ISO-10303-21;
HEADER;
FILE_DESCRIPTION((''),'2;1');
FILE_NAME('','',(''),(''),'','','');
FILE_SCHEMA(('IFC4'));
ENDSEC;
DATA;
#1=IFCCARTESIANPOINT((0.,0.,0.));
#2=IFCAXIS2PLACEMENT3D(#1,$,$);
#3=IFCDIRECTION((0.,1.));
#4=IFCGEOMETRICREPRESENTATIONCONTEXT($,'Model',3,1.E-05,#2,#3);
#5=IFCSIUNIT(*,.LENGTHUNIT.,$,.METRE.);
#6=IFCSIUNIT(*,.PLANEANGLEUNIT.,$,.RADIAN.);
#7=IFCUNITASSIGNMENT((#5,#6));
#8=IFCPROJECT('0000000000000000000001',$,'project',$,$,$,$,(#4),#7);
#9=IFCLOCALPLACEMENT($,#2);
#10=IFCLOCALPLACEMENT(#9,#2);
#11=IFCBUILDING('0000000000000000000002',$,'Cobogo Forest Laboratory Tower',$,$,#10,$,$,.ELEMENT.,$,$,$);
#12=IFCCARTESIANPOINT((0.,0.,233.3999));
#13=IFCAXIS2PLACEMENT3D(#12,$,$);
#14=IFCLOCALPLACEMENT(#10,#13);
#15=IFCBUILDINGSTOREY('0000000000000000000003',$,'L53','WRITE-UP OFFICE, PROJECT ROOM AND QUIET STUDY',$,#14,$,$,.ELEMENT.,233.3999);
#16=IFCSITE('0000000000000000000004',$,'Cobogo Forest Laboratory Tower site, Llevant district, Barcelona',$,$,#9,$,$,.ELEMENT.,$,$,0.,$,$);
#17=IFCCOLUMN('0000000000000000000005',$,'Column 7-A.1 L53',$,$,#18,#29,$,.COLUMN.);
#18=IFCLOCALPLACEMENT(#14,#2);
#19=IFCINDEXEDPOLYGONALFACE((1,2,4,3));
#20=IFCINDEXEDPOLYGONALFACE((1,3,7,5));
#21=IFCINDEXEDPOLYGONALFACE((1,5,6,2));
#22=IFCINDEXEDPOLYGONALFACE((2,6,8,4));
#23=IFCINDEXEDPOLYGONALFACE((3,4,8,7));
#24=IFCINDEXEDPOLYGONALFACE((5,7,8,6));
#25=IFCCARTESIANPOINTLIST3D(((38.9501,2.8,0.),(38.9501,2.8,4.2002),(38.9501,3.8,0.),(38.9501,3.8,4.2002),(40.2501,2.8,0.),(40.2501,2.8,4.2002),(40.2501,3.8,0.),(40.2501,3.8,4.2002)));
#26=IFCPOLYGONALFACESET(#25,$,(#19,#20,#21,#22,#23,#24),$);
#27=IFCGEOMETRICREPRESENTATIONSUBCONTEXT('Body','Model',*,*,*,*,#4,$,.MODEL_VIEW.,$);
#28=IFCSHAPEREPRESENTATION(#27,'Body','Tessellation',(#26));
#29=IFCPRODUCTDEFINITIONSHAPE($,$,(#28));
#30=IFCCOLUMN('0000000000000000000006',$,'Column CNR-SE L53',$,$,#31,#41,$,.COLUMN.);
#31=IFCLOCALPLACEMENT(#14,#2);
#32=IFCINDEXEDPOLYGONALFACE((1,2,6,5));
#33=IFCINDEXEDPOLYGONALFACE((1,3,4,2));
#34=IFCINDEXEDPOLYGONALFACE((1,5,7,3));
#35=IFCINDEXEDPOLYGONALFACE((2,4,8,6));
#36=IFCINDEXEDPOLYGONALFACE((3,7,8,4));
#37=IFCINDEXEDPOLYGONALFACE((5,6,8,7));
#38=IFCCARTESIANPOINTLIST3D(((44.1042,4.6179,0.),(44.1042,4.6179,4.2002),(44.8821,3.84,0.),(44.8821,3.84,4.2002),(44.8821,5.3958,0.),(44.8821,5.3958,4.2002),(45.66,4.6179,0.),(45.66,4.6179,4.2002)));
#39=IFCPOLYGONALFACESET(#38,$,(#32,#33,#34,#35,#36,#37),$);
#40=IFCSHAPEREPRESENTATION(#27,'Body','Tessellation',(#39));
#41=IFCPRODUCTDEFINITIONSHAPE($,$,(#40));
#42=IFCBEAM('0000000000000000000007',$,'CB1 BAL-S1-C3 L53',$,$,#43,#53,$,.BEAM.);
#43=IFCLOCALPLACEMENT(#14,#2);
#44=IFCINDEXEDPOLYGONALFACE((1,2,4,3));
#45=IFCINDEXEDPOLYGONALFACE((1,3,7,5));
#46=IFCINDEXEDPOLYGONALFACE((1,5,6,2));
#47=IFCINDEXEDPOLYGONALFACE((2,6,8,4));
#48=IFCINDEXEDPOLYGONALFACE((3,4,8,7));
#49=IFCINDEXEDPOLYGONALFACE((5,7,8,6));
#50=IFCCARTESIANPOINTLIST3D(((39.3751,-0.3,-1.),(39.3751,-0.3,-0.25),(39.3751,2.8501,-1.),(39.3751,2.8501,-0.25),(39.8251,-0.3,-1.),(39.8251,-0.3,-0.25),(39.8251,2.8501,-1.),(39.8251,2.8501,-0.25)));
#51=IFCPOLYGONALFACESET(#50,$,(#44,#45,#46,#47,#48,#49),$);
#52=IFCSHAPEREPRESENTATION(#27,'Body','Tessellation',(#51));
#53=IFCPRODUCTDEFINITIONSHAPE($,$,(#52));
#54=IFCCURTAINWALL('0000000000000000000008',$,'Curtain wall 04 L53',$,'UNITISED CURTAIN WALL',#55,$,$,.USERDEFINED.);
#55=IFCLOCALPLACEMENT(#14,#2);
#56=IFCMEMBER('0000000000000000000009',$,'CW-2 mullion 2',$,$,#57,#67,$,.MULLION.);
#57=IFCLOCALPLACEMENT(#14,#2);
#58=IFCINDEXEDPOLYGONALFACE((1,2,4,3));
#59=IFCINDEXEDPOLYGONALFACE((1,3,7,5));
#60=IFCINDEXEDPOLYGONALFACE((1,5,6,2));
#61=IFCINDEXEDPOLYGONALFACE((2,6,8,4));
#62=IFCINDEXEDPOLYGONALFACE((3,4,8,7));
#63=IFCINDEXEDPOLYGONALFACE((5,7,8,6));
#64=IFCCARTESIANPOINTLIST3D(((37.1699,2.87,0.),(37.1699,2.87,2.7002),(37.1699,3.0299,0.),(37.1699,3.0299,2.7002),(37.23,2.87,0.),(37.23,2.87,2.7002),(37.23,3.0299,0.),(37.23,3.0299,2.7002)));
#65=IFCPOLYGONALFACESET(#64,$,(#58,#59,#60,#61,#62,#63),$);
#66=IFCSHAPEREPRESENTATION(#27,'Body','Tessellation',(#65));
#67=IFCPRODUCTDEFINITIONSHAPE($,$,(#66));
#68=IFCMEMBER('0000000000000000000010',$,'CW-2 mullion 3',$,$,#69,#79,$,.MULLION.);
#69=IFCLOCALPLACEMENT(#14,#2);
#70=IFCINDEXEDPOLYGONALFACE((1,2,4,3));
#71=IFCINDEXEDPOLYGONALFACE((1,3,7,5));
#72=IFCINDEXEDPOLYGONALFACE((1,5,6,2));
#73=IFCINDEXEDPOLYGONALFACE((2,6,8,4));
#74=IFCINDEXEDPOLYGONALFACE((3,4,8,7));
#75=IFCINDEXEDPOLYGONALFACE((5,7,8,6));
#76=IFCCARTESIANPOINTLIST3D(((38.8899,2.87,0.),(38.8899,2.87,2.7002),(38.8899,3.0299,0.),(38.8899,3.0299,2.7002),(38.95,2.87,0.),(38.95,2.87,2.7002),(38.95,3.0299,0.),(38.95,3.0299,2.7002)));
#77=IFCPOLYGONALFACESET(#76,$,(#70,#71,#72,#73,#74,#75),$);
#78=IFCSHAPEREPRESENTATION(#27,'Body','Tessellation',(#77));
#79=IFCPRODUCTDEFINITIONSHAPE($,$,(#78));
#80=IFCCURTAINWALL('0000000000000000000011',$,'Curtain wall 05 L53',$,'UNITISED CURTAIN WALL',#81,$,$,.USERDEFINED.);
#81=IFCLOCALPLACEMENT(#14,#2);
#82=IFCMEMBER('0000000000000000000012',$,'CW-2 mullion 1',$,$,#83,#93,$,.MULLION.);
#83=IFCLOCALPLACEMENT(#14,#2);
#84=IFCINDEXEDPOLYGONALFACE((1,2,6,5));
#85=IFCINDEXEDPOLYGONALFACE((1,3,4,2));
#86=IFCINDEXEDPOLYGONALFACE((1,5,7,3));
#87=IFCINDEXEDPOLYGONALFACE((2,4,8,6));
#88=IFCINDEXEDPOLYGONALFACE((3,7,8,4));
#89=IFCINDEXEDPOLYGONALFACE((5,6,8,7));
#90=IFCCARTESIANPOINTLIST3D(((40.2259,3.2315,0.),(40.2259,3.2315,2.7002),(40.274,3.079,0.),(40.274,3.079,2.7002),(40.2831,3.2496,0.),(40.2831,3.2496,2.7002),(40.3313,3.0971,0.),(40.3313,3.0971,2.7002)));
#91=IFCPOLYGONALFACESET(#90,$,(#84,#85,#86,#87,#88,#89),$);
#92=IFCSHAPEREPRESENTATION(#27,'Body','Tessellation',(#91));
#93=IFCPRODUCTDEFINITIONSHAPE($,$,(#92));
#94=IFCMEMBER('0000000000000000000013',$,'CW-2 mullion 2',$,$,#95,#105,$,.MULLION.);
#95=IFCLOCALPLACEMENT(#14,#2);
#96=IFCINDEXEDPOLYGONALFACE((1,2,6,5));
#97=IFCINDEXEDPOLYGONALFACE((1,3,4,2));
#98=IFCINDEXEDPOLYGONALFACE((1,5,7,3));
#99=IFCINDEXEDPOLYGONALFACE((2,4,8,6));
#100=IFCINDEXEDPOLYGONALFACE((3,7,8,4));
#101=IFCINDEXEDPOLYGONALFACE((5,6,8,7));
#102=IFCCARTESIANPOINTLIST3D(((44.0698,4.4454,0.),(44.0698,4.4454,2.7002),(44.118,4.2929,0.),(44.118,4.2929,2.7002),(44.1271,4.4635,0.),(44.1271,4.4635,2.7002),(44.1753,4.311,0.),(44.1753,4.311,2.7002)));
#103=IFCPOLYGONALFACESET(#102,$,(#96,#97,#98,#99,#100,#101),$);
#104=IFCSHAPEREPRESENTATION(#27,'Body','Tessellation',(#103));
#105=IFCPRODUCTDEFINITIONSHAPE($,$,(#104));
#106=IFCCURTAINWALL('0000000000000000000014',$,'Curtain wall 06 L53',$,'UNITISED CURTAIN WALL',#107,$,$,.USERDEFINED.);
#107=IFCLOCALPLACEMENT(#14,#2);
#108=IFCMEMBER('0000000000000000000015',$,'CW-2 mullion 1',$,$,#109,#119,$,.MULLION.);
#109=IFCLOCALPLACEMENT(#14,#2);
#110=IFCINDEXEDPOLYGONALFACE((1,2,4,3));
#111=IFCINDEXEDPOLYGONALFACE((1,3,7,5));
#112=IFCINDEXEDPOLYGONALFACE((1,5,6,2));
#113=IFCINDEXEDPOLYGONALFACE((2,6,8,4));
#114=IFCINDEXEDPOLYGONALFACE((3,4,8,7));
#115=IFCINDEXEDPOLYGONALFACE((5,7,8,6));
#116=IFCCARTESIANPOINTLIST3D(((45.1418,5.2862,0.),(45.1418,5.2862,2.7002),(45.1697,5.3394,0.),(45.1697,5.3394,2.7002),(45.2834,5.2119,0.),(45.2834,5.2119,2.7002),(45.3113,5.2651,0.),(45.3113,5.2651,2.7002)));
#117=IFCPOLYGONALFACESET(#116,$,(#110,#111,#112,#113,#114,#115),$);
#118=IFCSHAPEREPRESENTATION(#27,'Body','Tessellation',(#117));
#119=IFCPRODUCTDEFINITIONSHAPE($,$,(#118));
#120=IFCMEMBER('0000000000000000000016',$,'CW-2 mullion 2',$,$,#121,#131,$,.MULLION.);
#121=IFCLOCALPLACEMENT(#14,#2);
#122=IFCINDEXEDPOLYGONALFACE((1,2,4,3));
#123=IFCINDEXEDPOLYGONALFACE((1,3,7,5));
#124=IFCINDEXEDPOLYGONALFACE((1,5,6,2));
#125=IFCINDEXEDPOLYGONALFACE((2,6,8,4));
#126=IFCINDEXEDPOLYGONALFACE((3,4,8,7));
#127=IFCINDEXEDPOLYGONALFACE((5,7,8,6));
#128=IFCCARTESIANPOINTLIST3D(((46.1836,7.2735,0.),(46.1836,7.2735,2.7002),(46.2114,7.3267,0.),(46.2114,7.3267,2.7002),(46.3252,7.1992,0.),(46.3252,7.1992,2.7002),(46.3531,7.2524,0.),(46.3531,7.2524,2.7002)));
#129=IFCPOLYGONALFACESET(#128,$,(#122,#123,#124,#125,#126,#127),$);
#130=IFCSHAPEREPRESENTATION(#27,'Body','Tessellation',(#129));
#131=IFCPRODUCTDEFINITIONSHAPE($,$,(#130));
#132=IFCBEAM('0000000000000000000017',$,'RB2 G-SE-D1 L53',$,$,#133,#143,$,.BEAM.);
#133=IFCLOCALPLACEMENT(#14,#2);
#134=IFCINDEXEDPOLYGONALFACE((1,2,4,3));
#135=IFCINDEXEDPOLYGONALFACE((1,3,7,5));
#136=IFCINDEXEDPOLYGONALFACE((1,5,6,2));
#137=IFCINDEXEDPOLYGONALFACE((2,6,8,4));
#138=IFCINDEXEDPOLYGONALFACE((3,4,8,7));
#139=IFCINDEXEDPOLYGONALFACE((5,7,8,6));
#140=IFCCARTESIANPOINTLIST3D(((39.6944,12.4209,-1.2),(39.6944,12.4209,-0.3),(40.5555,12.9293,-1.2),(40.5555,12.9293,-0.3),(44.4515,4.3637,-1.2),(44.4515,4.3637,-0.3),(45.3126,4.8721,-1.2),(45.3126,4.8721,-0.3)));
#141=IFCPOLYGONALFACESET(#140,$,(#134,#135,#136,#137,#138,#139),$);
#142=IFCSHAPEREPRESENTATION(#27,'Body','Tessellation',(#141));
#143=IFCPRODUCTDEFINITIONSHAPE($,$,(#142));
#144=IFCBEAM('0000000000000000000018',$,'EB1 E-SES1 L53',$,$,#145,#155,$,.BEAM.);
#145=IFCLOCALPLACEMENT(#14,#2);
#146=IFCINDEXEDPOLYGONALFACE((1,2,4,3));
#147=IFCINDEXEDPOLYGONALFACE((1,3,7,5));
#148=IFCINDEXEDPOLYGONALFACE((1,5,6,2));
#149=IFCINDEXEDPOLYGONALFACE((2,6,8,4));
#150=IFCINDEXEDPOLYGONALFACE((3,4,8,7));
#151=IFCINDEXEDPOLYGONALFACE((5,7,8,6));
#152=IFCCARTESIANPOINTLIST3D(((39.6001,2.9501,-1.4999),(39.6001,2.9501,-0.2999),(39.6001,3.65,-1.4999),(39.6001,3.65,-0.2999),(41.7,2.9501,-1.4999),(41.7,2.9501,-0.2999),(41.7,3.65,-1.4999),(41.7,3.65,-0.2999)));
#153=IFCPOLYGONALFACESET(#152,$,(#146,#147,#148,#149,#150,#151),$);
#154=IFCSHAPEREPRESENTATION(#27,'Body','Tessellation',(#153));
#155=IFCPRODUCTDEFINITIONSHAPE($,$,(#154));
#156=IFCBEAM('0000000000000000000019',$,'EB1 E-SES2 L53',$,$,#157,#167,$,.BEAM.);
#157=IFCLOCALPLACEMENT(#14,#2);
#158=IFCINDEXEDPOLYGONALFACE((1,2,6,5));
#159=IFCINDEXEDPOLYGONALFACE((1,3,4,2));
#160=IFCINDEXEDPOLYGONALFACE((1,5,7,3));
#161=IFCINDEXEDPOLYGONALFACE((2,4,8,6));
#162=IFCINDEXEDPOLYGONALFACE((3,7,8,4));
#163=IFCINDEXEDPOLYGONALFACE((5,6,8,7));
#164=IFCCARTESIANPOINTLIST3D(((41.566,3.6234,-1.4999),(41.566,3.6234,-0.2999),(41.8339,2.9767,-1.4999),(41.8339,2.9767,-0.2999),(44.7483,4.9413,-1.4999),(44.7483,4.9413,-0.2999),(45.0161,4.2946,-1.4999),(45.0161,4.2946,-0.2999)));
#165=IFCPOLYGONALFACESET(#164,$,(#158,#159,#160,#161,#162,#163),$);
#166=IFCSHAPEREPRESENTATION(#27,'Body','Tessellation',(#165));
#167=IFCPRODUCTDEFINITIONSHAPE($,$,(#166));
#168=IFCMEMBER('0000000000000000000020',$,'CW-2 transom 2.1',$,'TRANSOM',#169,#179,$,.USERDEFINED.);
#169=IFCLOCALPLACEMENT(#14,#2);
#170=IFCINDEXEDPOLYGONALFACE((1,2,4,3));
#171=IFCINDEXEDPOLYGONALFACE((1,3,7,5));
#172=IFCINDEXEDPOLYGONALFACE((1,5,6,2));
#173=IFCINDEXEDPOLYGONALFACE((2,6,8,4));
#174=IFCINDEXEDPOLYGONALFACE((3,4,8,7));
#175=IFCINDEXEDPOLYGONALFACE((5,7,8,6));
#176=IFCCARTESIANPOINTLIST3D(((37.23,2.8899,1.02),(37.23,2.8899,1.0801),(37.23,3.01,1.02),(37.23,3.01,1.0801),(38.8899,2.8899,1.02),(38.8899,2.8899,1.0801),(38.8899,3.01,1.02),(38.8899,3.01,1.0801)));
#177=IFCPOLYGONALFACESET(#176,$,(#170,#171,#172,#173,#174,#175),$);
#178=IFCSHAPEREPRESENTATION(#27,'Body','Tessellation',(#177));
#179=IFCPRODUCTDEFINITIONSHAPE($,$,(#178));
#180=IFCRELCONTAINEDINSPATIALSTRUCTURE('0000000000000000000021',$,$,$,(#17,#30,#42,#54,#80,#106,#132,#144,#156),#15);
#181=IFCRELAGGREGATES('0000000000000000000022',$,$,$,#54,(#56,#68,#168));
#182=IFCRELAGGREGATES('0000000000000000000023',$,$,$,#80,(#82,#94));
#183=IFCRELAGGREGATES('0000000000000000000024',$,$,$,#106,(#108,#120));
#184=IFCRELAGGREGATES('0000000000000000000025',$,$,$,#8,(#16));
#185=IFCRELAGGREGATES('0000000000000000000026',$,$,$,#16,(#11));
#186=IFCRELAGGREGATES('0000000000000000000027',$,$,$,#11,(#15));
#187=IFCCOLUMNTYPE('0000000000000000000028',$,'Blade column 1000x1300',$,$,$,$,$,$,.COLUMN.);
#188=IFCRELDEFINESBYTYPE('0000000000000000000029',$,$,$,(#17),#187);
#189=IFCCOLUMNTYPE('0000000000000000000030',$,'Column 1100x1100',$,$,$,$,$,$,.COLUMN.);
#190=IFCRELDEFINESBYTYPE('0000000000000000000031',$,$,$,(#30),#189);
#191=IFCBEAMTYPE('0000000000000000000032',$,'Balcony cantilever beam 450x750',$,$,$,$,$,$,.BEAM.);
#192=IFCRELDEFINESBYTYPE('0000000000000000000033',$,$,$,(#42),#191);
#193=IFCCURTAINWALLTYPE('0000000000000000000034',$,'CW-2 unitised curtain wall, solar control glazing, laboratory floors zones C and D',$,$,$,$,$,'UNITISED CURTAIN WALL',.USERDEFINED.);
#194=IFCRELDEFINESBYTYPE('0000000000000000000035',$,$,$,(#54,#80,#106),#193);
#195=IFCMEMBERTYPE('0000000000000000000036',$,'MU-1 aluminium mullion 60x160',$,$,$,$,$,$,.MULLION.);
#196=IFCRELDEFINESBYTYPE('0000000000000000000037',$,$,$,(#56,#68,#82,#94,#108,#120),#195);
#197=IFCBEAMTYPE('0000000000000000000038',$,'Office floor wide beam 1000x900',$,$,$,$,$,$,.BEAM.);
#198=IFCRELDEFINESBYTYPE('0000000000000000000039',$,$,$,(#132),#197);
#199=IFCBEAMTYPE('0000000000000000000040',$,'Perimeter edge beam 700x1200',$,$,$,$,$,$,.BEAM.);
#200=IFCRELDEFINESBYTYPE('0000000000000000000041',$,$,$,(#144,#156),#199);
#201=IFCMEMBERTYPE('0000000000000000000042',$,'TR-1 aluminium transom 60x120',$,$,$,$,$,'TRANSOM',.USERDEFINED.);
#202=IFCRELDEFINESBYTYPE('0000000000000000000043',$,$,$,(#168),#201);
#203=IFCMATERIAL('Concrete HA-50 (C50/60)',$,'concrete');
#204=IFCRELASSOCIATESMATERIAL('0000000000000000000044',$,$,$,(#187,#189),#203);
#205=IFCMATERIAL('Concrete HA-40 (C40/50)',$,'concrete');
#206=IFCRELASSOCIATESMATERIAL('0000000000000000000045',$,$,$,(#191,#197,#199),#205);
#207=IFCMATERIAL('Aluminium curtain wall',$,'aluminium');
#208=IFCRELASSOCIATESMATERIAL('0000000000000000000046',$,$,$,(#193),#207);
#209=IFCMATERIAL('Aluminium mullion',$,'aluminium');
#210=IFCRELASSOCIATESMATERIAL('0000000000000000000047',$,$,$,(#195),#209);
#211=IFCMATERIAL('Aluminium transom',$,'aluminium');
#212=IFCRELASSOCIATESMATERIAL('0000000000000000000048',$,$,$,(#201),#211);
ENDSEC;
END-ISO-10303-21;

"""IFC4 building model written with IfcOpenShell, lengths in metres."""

from ifc_helpers import new_model, si_unit, direction, frame, origin, origin_2d, place, context, subcontext, project, spatial, rectangle, extrude, material, material_profile, profile_set, type_object, element, aggregate, save


model = new_model("IFC4")

# Units and contexts
model_context = context("Model", 3, precision=1e-05, world=origin(), true_north=direction((0.0, 1.0)))
body_context = subcontext(model_context, "Body", "Model", "MODEL_VIEW")
ifc_project = project(units=[si_unit("LENGTHUNIT", "METRE"), si_unit("PLANEANGLEUNIT", "RADIAN")], contexts=[model_context])

# Site, building, storey
site_placement = place(None, origin())
site = spatial("IfcSite", under=ifc_project, at=site_placement, Name="Cobogo Forest Laboratory Tower site, Llevant district, Barcelona", CompositionType="ELEMENT", RefElevation=0.0)
building_placement = place(site_placement, origin())
building = spatial("IfcBuilding", under=site, at=building_placement, Name="Cobogo Forest Laboratory Tower", CompositionType="ELEMENT")
storey_placement = place(building_placement, frame((0.0, 0.0, 233.3999)))
storey = spatial("IfcBuildingStorey", under=building, at=storey_placement, Name="L53", Description="WRITE-UP OFFICE, PROJECT ROOM AND QUIET STUDY", CompositionType="ELEMENT", Elevation=233.3999)

# Columns
ifc_material_1 = material(Name="Concrete HA-50 (C50/60)", Category="concrete")
ifc_material_profile_1 = material_profile(ifc_material_1, rectangle(XDim=1.3, YDim=1.0, at=origin_2d()), Name="RC 1000x1300")
ifc_profile_set_1 = profile_set([ifc_material_profile_1], Name="Concrete HA-50 (C50/60)")
column_type_1 = type_object("IfcColumnType", Name="Blade column 1000x1300", PredefinedType="COLUMN", material=ifc_profile_set_1)
column_1_placement = place(storey_placement, frame((39.6001, 3.3, 0.0), z_axis=(0.0, 0.0, 1.0), x_axis=(1.0, 0.0, 0.0)))
element("IfcColumn", 1, at=column_1_placement, inside=storey, type_object=column_type_1, Name="Column 7-A.1 L53", PredefinedType="COLUMN", context=body_context, shape_type="SweptSolid", body=[
    extrude(rectangle(XDim=1.3, YDim=1.0, at=origin_2d()), origin(), (0.0, 0.0, 1.0), 4.2002),
])
ifc_material_profile_2 = material_profile(ifc_material_1, rectangle(XDim=1.1001, YDim=1.1001, at=origin_2d()), Name="RC 1100x1100")
ifc_profile_set_2 = profile_set([ifc_material_profile_2], Name="Concrete HA-50 (C50/60)")
column_type_2 = type_object("IfcColumnType", Name="Column 1100x1100", PredefinedType="COLUMN", material=ifc_profile_set_2)
column_2_placement = place(storey_placement, frame((44.8821, 4.6179, 0.0), z_axis=(0.0, 0.0, 1.0), x_axis=(0.707107, 0.707107, 0.0)))
element("IfcColumn", 2, at=column_2_placement, inside=storey, type_object=column_type_2, Name="Column CNR-SE L53", PredefinedType="COLUMN", context=body_context, shape_type="SweptSolid", body=[
    extrude(rectangle(XDim=1.1001, YDim=1.1001, at=origin_2d()), origin(), (0.0, 0.0, 1.0), 4.2002),
])

# Beam
ifc_material_2 = material(Name="Concrete HA-40 (C40/50)", Category="concrete")
ifc_material_profile_3 = material_profile(ifc_material_2, rectangle(XDim=0.45, YDim=0.75, at=origin_2d()), Name="RC 450x750")
ifc_profile_set_3 = profile_set([ifc_material_profile_3], Name="Concrete HA-40 (C40/50)")
beam_type_1 = type_object("IfcBeamType", Name="Balcony cantilever beam 450x750", PredefinedType="BEAM", material=ifc_profile_set_3)
beam_1_placement = place(storey_placement, frame((39.6001, 2.8501, -0.625), z_axis=(0.0, -1.0, 0.0), x_axis=(1.0, 0.0, 0.0)))
element("IfcBeam", 3, at=beam_1_placement, inside=storey, type_object=beam_type_1, Name="CB1 BAL-S1-C3 L53", PredefinedType="BEAM", context=body_context, shape_type="SweptSolid", body=[
    extrude(rectangle(XDim=0.45, YDim=0.75, at=origin_2d()), origin(), (0.0, 0.0, 1.0), 3.1501),
])

# Curtain walls, members
ifc_material_3 = material(Name="Aluminium curtain wall", Category="aluminium")
curtain_wall_type = type_object("IfcCurtainWallType", Name="CW-2 unitised curtain wall, solar control glazing, laboratory floors zones C and D", ElementType="UNITISED CURTAIN WALL", PredefinedType="USERDEFINED", material=ifc_material_3)
curtain_wall_1_placement = place(storey_placement, origin())
curtain_wall_1 = element("IfcCurtainWall", 4, at=curtain_wall_1_placement, inside=storey, type_object=curtain_wall_type, Name="Curtain wall 04 L53", ObjectType="UNITISED CURTAIN WALL", PredefinedType="USERDEFINED")
ifc_material_4 = material(Name="Aluminium mullion", Category="aluminium")
ifc_material_profile_4 = material_profile(ifc_material_4, rectangle(XDim=0.0601, YDim=0.1599, at=origin_2d()), Name="AL 60x160")
ifc_profile_set_4 = profile_set([ifc_material_profile_4], Name="Aluminium mullion")
member_type_1 = type_object("IfcMemberType", Name="MU-1 aluminium mullion 60x160", PredefinedType="MULLION", material=ifc_profile_set_4)
member_1_placement = place(storey_placement, frame((37.2, 2.95, 0.0), z_axis=(0.0, 0.0, 1.0), x_axis=(1.0, 0.0, 0.0)))
member_1 = element("IfcMember", 5, at=member_1_placement, type_object=member_type_1, Name="CW-2 mullion 2", PredefinedType="MULLION", context=body_context, shape_type="SweptSolid", body=[
    extrude(rectangle(XDim=0.0601, YDim=0.1599, at=origin_2d()), origin(), (0.0, 0.0, 1.0), 2.7002),
])
member_2_placement = place(storey_placement, frame((38.9199, 2.95, 0.0), z_axis=(0.0, 0.0, 1.0), x_axis=(1.0, 0.0, 0.0)))
member_2 = element("IfcMember", 6, at=member_2_placement, type_object=member_type_1, Name="CW-2 mullion 3", PredefinedType="MULLION", context=body_context, shape_type="SweptSolid", body=[
    extrude(rectangle(XDim=0.0601, YDim=0.1599, at=origin_2d()), origin(), (0.0, 0.0, 1.0), 2.7002),
])
curtain_wall_2_placement = place(storey_placement, origin())
curtain_wall_2 = element("IfcCurtainWall", 7, at=curtain_wall_2_placement, inside=storey, type_object=curtain_wall_type, Name="Curtain wall 05 L53", ObjectType="UNITISED CURTAIN WALL", PredefinedType="USERDEFINED")
member_3_placement = place(storey_placement, frame((40.2786, 3.1643, 0.0), z_axis=(0.0, 0.0, 1.0), x_axis=(0.953581, 0.301136, 0.0)))
member_3 = element("IfcMember", 8, at=member_3_placement, type_object=member_type_1, Name="CW-2 mullion 1", PredefinedType="MULLION", context=body_context, shape_type="SweptSolid", body=[
    extrude(rectangle(XDim=0.0601, YDim=0.1599, at=origin_2d()), origin(), (0.0, 0.0, 1.0), 2.7002),
])
member_4_placement = place(storey_placement, frame((44.1226, 4.3782, 0.0), z_axis=(0.0, 0.0, 1.0), x_axis=(0.953581, 0.301136, 0.0)))
member_4 = element("IfcMember", 9, at=member_4_placement, type_object=member_type_1, Name="CW-2 mullion 2", PredefinedType="MULLION", context=body_context, shape_type="SweptSolid", body=[
    extrude(rectangle(XDim=0.0601, YDim=0.1599, at=origin_2d()), origin(), (0.0, 0.0, 1.0), 2.7002),
])
curtain_wall_3_placement = place(storey_placement, origin())
curtain_wall_3 = element("IfcCurtainWall", 10, at=curtain_wall_3_placement, inside=storey, type_object=curtain_wall_type, Name="Curtain wall 06 L53", ObjectType="UNITISED CURTAIN WALL", PredefinedType="USERDEFINED")
member_5_placement = place(storey_placement, frame((45.2266, 5.2756, 0.0), z_axis=(0.0, 0.0, 1.0), x_axis=(0.464284, 0.885686, 0.0)))
member_5 = element("IfcMember", 11, at=member_5_placement, type_object=member_type_1, Name="CW-2 mullion 1", PredefinedType="MULLION", context=body_context, shape_type="SweptSolid", body=[
    extrude(rectangle(XDim=0.0601, YDim=0.1599, at=origin_2d()), origin(), (0.0, 0.0, 1.0), 2.7002),
])
member_6_placement = place(storey_placement, frame((46.2683, 7.2629, 0.0), z_axis=(0.0, 0.0, 1.0), x_axis=(0.464284, 0.885686, 0.0)))
member_6 = element("IfcMember", 12, at=member_6_placement, type_object=member_type_1, Name="CW-2 mullion 2", PredefinedType="MULLION", context=body_context, shape_type="SweptSolid", body=[
    extrude(rectangle(XDim=0.0601, YDim=0.1599, at=origin_2d()), origin(), (0.0, 0.0, 1.0), 2.7002),
])

# Beams
ifc_material_profile_5 = material_profile(ifc_material_2, rectangle(XDim=1.0, YDim=0.8999, at=origin_2d()), Name="RC 1000x900")
ifc_profile_set_5 = profile_set([ifc_material_profile_5], Name="Concrete HA-40 (C40/50)")
beam_type_2 = type_object("IfcBeamType", Name="Office floor wide beam 1000x900", PredefinedType="BEAM", material=ifc_profile_set_5)
beam_2_placement = place(storey_placement, frame((44.8821, 4.6179, -0.75), z_axis=(-0.508416, 0.861111, 0.0), x_axis=(-0.861111, -0.508416, 0.0)))
element("IfcBeam", 13, at=beam_2_placement, inside=storey, type_object=beam_type_2, Name="RB2 G-SE-D1 L53", PredefinedType="BEAM", context=body_context, shape_type="SweptSolid", body=[
    extrude(rectangle(XDim=1.0, YDim=0.8999, at=origin_2d()), origin(), (0.0, 0.0, 1.0), 9.3567),
])
ifc_material_profile_6 = material_profile(ifc_material_2, rectangle(XDim=0.7, YDim=1.2, at=origin_2d()), Name="RC 700x1200")
ifc_profile_set_6 = profile_set([ifc_material_profile_6], Name="Concrete HA-40 (C40/50)")
beam_type_3 = type_object("IfcBeamType", Name="Perimeter edge beam 700x1200", PredefinedType="BEAM", material=ifc_profile_set_6)
beam_3_placement = place(storey_placement, frame((39.6001, 3.3, -0.8999), z_axis=(1.0, 0.0, 0.0), x_axis=(0.0, 1.0, 0.0)))
element("IfcBeam", 14, at=beam_3_placement, inside=storey, type_object=beam_type_3, Name="EB1 E-SES1 L53", PredefinedType="BEAM", context=body_context, shape_type="SweptSolid", body=[
    extrude(rectangle(XDim=0.7, YDim=1.2, at=origin_2d()), origin(), (0.0, 0.0, 1.0), 2.0999),
])
beam_4_placement = place(storey_placement, frame((41.7, 3.3, -0.8999), z_axis=(0.923901, 0.382631, 0.0), x_axis=(-0.382631, 0.923901, 0.0)))
element("IfcBeam", 15, at=beam_4_placement, inside=storey, type_object=beam_type_3, Name="EB1 E-SES2 L53", PredefinedType="BEAM", context=body_context, shape_type="SweptSolid", body=[
    extrude(rectangle(XDim=0.7, YDim=1.2, at=origin_2d()), origin(), (0.0, 0.0, 1.0), 3.4443),
])

# Member
ifc_material_5 = material(Name="Aluminium transom", Category="aluminium")
ifc_material_profile_7 = material_profile(ifc_material_5, rectangle(XDim=0.1201, YDim=0.0601, at=origin_2d()), Name="AL 60x120")
ifc_profile_set_7 = profile_set([ifc_material_profile_7], Name="Aluminium transom")
member_type_2 = type_object("IfcMemberType", Name="TR-1 aluminium transom 60x120", ElementType="TRANSOM", PredefinedType="USERDEFINED", material=ifc_profile_set_7)
member_7_placement = place(storey_placement, frame((37.23, 2.95, 1.05), z_axis=(1.0, 0.0, 0.0), x_axis=(0.0, 1.0, 0.0)))
member_7 = element("IfcMember", 16, at=member_7_placement, type_object=member_type_2, Name="CW-2 transom 2.1", ObjectType="TRANSOM", PredefinedType="USERDEFINED", context=body_context, shape_type="SweptSolid", body=[
    extrude(rectangle(XDim=0.1201, YDim=0.0601, at=origin_2d()), origin(), (0.0, 0.0, 1.0), 1.6599),
])

aggregate(curtain_wall_1, [member_1, member_2, member_7])
aggregate(curtain_wall_2, [member_3, member_4])
aggregate(curtain_wall_3, [member_5, member_6])

save(model, "model.ifc")
